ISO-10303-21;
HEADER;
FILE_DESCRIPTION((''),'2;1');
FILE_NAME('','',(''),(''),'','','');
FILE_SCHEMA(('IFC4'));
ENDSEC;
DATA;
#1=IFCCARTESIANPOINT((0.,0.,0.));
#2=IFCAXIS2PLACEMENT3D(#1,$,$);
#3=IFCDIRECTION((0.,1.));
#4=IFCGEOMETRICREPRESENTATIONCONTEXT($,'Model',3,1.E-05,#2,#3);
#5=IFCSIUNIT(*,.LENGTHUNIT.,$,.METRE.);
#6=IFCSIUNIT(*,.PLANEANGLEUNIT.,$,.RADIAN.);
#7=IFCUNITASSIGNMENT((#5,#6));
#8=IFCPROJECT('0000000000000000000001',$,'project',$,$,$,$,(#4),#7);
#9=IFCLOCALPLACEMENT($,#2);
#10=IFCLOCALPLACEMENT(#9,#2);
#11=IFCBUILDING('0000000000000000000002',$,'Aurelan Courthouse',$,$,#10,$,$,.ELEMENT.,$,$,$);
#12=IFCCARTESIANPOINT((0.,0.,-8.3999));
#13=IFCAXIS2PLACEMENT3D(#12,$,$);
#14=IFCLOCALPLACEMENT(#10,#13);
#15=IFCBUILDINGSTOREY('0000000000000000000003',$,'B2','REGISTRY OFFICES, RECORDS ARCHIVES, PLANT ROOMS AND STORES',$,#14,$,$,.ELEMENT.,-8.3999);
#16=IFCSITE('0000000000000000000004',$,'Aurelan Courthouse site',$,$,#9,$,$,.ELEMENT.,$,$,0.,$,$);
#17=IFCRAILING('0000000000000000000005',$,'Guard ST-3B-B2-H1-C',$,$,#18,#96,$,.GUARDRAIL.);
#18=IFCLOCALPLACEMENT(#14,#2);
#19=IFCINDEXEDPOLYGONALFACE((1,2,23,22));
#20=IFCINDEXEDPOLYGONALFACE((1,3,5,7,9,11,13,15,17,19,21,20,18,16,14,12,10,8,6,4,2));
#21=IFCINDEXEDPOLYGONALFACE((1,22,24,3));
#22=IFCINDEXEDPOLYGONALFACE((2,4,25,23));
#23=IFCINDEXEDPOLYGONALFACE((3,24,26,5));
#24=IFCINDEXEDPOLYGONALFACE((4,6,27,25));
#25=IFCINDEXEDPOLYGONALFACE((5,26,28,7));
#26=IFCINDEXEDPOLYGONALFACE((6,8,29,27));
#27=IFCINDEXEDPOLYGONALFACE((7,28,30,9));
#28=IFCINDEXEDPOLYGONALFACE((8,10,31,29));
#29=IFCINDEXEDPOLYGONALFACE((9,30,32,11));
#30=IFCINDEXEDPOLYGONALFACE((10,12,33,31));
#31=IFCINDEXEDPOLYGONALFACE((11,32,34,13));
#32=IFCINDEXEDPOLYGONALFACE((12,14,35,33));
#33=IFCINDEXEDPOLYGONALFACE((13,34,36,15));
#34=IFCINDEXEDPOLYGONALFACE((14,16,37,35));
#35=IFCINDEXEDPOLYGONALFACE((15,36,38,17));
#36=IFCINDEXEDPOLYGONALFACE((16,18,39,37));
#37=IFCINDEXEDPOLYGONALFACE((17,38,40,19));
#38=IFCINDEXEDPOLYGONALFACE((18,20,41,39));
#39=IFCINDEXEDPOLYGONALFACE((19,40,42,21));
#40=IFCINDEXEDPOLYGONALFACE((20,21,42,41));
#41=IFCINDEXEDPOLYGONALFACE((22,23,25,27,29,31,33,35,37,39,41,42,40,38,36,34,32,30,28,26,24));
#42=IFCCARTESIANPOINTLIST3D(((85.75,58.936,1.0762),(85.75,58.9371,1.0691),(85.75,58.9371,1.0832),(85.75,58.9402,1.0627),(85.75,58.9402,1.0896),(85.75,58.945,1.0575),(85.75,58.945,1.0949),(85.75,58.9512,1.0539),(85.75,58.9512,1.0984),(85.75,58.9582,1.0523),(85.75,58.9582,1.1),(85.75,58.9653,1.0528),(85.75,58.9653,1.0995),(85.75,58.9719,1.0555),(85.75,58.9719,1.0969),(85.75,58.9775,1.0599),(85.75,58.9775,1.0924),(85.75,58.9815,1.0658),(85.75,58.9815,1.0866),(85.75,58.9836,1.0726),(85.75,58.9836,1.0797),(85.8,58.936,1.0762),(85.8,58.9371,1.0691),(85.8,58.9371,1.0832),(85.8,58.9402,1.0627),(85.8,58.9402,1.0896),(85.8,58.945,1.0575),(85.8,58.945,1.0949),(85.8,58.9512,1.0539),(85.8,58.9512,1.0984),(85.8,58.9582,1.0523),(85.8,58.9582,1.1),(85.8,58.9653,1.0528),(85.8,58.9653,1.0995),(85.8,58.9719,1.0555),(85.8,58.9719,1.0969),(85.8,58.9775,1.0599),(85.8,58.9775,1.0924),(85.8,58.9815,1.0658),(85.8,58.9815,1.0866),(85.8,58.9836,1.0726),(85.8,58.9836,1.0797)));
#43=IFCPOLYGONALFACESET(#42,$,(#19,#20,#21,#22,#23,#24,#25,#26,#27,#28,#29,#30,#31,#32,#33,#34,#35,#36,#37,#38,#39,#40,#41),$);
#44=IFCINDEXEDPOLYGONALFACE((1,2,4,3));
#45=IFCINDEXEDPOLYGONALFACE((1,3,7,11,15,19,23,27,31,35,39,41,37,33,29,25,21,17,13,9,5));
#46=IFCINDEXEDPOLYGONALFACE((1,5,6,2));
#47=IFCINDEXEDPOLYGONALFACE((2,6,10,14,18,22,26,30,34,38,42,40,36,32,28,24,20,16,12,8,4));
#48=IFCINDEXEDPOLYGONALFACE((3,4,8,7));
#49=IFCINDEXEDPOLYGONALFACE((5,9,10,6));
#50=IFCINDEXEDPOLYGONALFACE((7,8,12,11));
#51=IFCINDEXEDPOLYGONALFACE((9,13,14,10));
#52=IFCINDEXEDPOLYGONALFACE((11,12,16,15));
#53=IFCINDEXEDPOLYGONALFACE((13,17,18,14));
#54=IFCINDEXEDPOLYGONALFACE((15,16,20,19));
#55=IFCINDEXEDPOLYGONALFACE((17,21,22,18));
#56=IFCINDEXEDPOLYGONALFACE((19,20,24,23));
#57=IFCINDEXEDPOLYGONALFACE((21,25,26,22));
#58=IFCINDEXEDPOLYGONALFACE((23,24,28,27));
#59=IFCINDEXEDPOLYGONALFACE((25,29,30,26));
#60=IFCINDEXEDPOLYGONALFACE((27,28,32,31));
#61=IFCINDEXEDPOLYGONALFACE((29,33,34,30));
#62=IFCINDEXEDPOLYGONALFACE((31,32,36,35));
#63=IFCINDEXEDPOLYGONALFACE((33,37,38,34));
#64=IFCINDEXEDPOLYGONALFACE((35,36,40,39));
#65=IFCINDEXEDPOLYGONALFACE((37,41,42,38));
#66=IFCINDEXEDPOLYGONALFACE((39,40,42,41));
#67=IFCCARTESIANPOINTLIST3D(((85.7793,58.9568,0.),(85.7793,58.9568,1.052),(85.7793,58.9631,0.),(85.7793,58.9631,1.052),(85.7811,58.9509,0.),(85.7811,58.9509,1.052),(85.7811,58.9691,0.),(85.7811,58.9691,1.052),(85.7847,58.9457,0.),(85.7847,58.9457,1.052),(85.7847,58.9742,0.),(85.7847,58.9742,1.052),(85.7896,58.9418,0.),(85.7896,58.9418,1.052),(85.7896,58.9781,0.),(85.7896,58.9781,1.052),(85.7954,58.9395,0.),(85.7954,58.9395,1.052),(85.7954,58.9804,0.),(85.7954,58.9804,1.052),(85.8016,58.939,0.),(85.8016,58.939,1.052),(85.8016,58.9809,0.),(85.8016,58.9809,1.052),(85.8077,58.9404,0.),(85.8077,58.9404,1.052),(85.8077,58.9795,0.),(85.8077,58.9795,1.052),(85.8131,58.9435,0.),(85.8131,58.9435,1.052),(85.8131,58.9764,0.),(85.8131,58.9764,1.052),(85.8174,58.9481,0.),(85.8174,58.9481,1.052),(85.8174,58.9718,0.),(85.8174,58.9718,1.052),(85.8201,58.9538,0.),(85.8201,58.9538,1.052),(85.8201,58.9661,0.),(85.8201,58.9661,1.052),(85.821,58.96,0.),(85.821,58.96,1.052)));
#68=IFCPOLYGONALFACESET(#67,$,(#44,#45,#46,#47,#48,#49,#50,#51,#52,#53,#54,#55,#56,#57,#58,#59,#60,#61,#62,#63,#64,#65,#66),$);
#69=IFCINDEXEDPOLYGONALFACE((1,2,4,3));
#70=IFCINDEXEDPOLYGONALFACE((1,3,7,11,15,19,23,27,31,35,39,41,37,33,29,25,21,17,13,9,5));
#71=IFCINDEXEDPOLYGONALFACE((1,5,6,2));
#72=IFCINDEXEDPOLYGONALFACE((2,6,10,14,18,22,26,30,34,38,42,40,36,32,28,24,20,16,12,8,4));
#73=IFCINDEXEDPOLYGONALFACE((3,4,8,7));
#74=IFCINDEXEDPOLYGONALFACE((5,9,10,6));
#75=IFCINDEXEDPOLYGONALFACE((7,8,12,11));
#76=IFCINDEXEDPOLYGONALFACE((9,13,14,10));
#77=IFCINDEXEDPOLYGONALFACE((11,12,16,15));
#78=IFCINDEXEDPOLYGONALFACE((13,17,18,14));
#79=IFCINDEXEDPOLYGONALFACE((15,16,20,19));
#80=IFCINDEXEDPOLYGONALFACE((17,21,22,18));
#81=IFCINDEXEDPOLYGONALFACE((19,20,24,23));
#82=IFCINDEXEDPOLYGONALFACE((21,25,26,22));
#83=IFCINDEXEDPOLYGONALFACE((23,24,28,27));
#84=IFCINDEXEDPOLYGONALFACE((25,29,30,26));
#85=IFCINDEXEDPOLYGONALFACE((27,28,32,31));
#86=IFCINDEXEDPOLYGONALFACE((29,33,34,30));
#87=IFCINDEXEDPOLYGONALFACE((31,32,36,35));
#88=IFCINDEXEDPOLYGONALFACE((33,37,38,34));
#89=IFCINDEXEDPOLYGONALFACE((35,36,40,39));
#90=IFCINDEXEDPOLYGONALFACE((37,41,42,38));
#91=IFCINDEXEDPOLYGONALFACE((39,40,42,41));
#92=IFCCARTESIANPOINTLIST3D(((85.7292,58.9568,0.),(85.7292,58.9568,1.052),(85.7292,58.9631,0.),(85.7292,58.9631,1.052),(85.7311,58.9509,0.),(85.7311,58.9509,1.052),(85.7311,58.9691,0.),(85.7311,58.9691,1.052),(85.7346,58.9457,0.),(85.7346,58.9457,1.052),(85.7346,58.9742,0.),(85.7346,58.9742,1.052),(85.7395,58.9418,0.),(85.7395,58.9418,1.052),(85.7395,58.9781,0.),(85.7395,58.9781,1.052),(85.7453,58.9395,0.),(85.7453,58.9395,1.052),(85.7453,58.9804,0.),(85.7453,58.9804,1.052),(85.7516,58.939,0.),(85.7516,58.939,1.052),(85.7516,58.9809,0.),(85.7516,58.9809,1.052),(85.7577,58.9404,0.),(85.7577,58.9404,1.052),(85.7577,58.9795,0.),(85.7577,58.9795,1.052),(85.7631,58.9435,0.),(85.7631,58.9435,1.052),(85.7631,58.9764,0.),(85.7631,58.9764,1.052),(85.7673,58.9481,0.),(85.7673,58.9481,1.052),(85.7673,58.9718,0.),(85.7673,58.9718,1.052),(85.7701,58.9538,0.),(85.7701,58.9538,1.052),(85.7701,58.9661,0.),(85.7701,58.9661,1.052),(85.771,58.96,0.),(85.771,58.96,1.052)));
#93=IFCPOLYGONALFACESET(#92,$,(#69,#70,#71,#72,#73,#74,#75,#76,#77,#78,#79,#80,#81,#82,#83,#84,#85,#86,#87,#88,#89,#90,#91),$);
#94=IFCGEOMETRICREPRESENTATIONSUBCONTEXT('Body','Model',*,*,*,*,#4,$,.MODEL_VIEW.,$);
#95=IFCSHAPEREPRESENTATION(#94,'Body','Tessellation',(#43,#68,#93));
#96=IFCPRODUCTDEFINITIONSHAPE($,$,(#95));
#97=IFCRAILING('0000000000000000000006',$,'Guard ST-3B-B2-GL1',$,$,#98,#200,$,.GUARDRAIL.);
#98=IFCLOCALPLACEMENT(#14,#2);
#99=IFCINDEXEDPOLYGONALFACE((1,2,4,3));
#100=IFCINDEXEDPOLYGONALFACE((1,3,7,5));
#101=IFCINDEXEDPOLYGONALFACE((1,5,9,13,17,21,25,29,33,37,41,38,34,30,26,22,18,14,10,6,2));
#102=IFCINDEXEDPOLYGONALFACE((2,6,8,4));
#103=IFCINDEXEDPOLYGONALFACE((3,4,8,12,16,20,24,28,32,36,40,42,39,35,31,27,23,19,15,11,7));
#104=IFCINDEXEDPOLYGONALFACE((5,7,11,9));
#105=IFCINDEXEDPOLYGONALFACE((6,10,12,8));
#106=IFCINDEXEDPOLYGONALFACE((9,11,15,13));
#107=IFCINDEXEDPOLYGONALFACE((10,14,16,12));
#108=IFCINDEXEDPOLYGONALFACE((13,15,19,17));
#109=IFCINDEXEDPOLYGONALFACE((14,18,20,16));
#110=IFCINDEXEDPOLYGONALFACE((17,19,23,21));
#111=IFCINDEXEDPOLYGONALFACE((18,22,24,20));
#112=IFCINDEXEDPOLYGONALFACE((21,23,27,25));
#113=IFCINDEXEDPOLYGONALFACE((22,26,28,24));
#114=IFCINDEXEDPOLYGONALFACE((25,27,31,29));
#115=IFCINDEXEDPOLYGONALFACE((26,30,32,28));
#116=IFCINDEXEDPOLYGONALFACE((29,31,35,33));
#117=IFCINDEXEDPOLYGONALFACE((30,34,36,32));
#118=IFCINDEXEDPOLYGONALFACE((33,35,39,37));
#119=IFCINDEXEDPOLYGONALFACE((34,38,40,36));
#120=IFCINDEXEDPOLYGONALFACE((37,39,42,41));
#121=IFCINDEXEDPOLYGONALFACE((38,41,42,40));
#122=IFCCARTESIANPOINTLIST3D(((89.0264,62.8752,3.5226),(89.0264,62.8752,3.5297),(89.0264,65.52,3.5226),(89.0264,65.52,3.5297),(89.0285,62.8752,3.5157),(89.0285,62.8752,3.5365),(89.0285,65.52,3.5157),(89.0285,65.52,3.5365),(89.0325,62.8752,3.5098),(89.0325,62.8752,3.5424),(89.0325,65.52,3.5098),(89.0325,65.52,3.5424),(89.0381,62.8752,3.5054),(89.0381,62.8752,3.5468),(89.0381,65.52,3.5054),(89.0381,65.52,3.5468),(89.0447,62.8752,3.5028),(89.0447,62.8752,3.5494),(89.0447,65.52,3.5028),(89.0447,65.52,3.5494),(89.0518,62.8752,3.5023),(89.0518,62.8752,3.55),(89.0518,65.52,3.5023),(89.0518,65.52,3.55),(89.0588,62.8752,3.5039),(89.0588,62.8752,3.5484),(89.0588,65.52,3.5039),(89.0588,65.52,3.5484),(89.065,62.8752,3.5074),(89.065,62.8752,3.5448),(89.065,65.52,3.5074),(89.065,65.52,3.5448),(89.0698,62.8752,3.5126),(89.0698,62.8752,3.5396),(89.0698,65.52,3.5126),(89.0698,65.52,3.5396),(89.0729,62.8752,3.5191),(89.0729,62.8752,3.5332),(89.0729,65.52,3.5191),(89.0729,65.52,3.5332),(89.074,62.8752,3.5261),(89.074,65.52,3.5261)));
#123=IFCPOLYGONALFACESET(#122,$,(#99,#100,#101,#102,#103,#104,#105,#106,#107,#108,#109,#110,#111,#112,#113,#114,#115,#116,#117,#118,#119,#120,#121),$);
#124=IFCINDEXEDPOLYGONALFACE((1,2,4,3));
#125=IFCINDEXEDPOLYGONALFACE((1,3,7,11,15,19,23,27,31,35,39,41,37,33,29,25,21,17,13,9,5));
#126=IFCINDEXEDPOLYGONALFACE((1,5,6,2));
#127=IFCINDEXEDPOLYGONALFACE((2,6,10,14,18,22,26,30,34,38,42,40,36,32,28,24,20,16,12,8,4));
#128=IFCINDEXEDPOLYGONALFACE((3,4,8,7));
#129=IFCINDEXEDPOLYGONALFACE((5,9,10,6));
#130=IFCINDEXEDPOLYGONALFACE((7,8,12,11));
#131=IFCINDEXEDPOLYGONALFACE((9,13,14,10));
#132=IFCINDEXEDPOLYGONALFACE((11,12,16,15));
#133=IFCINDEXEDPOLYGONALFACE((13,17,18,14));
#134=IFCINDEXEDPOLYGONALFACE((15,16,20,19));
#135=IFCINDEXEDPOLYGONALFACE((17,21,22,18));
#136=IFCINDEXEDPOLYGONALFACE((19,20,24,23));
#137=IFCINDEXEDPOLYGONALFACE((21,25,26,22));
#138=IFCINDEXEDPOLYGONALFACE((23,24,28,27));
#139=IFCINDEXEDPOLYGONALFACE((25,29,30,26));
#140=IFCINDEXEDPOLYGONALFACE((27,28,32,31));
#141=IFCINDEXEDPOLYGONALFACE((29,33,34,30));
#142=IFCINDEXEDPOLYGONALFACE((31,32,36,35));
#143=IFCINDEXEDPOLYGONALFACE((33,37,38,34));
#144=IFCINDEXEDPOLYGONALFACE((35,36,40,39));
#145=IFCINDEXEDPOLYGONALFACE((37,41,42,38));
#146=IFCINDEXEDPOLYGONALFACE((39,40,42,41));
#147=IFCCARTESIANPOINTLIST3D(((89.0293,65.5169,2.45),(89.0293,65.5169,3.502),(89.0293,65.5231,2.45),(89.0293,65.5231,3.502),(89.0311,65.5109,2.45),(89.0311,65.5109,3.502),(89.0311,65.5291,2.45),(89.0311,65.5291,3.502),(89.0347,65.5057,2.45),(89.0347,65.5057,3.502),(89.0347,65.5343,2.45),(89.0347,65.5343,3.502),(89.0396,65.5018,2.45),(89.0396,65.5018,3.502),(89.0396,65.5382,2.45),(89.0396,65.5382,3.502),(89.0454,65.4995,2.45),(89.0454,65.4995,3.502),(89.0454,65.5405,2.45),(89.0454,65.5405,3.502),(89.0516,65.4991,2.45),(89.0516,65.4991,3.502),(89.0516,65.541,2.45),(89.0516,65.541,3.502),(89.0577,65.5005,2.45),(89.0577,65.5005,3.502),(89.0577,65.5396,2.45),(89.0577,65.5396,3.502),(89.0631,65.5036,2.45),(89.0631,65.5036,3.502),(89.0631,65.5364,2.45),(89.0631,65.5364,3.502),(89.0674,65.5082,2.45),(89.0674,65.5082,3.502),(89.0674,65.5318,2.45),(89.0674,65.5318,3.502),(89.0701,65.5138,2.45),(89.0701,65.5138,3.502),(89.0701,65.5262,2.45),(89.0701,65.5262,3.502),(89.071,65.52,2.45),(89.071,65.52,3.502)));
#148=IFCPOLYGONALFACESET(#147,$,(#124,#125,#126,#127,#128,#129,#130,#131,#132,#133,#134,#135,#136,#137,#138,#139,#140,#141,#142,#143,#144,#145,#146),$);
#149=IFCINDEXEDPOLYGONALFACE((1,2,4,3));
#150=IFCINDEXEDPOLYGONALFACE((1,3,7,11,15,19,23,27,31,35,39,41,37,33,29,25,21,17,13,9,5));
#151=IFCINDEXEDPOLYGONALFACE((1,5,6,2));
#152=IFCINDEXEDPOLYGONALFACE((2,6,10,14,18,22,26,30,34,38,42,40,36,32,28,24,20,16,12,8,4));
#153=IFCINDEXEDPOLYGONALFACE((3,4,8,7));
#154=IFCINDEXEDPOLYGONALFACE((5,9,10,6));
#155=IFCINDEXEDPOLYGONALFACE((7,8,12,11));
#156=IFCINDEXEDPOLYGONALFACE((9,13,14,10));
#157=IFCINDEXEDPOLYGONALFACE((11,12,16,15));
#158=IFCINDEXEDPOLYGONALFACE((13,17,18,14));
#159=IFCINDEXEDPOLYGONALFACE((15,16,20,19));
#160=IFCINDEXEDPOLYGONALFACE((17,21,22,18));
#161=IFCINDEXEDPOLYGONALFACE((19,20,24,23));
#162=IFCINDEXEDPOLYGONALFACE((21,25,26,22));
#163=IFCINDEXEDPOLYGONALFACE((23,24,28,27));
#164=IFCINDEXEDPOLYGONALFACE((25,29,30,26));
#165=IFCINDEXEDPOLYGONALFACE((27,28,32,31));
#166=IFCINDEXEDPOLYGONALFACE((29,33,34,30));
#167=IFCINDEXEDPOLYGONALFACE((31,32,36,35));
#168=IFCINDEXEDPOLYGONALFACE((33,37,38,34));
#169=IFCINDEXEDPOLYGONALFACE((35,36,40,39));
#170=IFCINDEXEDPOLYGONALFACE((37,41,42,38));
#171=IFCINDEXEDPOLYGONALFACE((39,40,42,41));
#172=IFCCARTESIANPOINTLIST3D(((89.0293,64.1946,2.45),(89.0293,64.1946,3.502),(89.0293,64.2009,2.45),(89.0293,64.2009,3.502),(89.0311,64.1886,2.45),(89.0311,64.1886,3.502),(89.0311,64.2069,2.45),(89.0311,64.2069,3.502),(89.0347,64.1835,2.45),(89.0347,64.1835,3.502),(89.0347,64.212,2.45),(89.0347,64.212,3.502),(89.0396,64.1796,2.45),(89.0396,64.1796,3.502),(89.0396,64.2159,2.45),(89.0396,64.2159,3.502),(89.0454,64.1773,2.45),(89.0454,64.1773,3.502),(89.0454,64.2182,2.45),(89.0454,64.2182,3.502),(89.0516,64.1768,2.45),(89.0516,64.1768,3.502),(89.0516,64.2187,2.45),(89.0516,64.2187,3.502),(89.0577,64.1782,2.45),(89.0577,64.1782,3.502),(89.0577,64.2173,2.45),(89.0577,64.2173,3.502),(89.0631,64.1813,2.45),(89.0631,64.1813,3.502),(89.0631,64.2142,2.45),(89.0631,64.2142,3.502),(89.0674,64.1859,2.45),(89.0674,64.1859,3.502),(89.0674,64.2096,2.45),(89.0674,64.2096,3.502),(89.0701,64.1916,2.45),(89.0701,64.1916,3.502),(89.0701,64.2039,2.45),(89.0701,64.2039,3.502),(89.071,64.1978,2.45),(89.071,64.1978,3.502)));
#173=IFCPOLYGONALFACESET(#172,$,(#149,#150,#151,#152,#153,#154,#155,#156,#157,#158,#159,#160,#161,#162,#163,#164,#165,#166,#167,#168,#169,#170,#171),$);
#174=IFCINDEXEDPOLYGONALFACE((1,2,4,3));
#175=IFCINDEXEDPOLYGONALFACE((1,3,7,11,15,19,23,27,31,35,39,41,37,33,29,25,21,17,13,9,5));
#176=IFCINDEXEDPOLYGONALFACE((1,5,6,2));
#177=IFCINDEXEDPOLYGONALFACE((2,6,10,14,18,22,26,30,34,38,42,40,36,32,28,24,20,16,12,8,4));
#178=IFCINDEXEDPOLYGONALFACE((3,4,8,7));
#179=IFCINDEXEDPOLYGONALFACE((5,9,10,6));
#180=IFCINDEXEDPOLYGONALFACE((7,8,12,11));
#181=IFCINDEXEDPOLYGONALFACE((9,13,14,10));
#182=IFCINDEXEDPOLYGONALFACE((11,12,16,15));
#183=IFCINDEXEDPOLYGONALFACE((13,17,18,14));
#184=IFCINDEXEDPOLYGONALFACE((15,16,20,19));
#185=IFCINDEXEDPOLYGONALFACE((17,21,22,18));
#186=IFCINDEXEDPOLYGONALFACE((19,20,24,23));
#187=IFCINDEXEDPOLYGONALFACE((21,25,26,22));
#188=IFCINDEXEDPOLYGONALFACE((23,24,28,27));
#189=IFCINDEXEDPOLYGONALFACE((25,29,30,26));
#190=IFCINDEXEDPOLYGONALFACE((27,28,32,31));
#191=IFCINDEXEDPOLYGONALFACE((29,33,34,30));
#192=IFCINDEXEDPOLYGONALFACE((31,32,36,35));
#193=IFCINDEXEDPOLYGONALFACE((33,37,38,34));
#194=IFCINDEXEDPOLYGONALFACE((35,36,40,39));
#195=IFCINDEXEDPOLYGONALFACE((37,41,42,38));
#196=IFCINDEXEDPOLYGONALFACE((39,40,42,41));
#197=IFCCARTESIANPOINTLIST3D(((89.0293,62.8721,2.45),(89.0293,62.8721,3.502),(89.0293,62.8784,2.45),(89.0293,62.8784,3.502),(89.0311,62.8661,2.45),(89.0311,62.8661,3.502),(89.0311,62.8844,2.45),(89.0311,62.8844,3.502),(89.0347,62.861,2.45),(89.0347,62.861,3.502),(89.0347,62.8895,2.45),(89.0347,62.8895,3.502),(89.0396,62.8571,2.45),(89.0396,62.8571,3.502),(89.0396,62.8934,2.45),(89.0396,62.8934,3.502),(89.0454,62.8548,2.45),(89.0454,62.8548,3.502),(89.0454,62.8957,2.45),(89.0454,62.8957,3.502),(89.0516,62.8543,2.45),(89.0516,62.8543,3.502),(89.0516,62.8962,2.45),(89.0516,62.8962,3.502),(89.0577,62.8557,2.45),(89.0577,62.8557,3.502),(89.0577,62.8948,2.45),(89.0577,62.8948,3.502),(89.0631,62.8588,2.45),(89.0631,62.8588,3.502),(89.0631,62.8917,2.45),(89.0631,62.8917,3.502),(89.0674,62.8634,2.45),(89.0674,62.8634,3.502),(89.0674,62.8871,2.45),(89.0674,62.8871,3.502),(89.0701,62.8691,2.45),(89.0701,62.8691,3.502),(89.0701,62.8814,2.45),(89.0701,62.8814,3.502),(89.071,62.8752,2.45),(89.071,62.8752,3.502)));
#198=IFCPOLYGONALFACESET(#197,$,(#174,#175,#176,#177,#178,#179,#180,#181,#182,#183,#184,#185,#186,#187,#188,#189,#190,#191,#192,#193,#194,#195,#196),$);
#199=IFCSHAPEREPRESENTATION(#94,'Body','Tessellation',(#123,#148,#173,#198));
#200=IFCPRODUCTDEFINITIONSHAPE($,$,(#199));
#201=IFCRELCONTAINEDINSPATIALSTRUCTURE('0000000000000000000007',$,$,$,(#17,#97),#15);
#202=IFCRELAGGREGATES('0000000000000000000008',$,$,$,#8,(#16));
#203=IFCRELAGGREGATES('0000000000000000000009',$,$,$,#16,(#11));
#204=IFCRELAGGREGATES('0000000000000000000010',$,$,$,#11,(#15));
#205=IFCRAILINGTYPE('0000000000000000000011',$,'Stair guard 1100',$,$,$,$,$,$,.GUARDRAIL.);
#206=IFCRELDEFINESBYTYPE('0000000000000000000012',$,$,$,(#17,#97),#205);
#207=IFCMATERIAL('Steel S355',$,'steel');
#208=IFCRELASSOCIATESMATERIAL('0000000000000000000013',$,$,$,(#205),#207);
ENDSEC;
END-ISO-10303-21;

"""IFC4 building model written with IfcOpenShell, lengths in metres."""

from ifc_helpers import new_model, si_unit, direction, frame, origin, origin_2d, place, context, subcontext, project, spatial, circle, extrude, material, type_object, element, save


model = new_model("IFC4")

# Units and contexts
model_context = context("Model", 3, precision=1e-05, world=origin(), true_north=direction((0.0, 1.0)))
body_context = subcontext(model_context, "Body", "Model", "MODEL_VIEW")
ifc_project = project(units=[si_unit("LENGTHUNIT", "METRE"), si_unit("PLANEANGLEUNIT", "RADIAN")], contexts=[model_context])

# Site, building, storey
site_placement = place(None, origin())
site = spatial("IfcSite", under=ifc_project, at=site_placement, Name="Aurelan Courthouse site", CompositionType="ELEMENT", RefElevation=0.0)
building_placement = place(site_placement, origin())
building = spatial("IfcBuilding", under=site, at=building_placement, Name="Aurelan Courthouse", CompositionType="ELEMENT")
storey_placement = place(building_placement, frame((0.0, 0.0, -8.3999)))
storey = spatial("IfcBuildingStorey", under=building, at=storey_placement, Name="B2", Description="REGISTRY OFFICES, RECORDS ARCHIVES, PLANT ROOMS AND STORES", CompositionType="ELEMENT", Elevation=-8.3999)

# Railings
ifc_material_1 = material(Name="Steel S355", Category="steel")
railing_type_1 = type_object("IfcRailingType", Name="Stair guard 1100", PredefinedType="GUARDRAIL", material=ifc_material_1)
railing_1_placement = place(storey_placement, frame((85.8, 58.96, 0.0)))
element("IfcRailing", 1, at=railing_1_placement, inside=storey, type_object=railing_type_1, Name="Guard ST-3B-B2-H1-C", PredefinedType="GUARDRAIL", context=body_context, shape_type="SweptSolid", body=[
    extrude(circle(Radius=0.0239, at=origin_2d()), frame((0.0, 0.0, 1.0762), z_axis=(-1.0, 0.0, 0.0), x_axis=(0.0, -1.0, 0.0)), (0.0, 0.0, 1.0), 0.05),
    extrude(circle(Radius=0.021, at=origin_2d()), origin(), (0.0, 0.0, 1.0), 1.052),
    extrude(circle(Radius=0.021, at=origin_2d()), frame((-0.05, 0.0, 0.0)), (0.0, 0.0, 1.0), 1.052),
])
railing_2_placement = place(storey_placement, frame((89.05, 65.52, 2.45)))
element("IfcRailing", 2, at=railing_2_placement, inside=storey, type_object=railing_type_1, Name="Guard ST-3B-B2-GL1", PredefinedType="GUARDRAIL", context=body_context, shape_type="SweptSolid", body=[
    extrude(circle(Radius=0.0239, at=origin_2d()), frame((0.0, 0.0, 1.0762), z_axis=(0.0, -1.0, 0.0), x_axis=(1.0, 0.0, 0.0)), (0.0, 0.0, 1.0), 2.6448),
    extrude(circle(Radius=0.021, at=origin_2d()), origin(), (0.0, 0.0, 1.0), 1.052),
    extrude(circle(Radius=0.021, at=origin_2d()), frame((0.0, -1.3223, 0.0)), (0.0, 0.0, 1.0), 1.052),
    extrude(circle(Radius=0.021, at=origin_2d()), frame((0.0, -2.6448, 0.0)), (0.0, 0.0, 1.0), 1.052),
])

save(model, "model.ifc")
